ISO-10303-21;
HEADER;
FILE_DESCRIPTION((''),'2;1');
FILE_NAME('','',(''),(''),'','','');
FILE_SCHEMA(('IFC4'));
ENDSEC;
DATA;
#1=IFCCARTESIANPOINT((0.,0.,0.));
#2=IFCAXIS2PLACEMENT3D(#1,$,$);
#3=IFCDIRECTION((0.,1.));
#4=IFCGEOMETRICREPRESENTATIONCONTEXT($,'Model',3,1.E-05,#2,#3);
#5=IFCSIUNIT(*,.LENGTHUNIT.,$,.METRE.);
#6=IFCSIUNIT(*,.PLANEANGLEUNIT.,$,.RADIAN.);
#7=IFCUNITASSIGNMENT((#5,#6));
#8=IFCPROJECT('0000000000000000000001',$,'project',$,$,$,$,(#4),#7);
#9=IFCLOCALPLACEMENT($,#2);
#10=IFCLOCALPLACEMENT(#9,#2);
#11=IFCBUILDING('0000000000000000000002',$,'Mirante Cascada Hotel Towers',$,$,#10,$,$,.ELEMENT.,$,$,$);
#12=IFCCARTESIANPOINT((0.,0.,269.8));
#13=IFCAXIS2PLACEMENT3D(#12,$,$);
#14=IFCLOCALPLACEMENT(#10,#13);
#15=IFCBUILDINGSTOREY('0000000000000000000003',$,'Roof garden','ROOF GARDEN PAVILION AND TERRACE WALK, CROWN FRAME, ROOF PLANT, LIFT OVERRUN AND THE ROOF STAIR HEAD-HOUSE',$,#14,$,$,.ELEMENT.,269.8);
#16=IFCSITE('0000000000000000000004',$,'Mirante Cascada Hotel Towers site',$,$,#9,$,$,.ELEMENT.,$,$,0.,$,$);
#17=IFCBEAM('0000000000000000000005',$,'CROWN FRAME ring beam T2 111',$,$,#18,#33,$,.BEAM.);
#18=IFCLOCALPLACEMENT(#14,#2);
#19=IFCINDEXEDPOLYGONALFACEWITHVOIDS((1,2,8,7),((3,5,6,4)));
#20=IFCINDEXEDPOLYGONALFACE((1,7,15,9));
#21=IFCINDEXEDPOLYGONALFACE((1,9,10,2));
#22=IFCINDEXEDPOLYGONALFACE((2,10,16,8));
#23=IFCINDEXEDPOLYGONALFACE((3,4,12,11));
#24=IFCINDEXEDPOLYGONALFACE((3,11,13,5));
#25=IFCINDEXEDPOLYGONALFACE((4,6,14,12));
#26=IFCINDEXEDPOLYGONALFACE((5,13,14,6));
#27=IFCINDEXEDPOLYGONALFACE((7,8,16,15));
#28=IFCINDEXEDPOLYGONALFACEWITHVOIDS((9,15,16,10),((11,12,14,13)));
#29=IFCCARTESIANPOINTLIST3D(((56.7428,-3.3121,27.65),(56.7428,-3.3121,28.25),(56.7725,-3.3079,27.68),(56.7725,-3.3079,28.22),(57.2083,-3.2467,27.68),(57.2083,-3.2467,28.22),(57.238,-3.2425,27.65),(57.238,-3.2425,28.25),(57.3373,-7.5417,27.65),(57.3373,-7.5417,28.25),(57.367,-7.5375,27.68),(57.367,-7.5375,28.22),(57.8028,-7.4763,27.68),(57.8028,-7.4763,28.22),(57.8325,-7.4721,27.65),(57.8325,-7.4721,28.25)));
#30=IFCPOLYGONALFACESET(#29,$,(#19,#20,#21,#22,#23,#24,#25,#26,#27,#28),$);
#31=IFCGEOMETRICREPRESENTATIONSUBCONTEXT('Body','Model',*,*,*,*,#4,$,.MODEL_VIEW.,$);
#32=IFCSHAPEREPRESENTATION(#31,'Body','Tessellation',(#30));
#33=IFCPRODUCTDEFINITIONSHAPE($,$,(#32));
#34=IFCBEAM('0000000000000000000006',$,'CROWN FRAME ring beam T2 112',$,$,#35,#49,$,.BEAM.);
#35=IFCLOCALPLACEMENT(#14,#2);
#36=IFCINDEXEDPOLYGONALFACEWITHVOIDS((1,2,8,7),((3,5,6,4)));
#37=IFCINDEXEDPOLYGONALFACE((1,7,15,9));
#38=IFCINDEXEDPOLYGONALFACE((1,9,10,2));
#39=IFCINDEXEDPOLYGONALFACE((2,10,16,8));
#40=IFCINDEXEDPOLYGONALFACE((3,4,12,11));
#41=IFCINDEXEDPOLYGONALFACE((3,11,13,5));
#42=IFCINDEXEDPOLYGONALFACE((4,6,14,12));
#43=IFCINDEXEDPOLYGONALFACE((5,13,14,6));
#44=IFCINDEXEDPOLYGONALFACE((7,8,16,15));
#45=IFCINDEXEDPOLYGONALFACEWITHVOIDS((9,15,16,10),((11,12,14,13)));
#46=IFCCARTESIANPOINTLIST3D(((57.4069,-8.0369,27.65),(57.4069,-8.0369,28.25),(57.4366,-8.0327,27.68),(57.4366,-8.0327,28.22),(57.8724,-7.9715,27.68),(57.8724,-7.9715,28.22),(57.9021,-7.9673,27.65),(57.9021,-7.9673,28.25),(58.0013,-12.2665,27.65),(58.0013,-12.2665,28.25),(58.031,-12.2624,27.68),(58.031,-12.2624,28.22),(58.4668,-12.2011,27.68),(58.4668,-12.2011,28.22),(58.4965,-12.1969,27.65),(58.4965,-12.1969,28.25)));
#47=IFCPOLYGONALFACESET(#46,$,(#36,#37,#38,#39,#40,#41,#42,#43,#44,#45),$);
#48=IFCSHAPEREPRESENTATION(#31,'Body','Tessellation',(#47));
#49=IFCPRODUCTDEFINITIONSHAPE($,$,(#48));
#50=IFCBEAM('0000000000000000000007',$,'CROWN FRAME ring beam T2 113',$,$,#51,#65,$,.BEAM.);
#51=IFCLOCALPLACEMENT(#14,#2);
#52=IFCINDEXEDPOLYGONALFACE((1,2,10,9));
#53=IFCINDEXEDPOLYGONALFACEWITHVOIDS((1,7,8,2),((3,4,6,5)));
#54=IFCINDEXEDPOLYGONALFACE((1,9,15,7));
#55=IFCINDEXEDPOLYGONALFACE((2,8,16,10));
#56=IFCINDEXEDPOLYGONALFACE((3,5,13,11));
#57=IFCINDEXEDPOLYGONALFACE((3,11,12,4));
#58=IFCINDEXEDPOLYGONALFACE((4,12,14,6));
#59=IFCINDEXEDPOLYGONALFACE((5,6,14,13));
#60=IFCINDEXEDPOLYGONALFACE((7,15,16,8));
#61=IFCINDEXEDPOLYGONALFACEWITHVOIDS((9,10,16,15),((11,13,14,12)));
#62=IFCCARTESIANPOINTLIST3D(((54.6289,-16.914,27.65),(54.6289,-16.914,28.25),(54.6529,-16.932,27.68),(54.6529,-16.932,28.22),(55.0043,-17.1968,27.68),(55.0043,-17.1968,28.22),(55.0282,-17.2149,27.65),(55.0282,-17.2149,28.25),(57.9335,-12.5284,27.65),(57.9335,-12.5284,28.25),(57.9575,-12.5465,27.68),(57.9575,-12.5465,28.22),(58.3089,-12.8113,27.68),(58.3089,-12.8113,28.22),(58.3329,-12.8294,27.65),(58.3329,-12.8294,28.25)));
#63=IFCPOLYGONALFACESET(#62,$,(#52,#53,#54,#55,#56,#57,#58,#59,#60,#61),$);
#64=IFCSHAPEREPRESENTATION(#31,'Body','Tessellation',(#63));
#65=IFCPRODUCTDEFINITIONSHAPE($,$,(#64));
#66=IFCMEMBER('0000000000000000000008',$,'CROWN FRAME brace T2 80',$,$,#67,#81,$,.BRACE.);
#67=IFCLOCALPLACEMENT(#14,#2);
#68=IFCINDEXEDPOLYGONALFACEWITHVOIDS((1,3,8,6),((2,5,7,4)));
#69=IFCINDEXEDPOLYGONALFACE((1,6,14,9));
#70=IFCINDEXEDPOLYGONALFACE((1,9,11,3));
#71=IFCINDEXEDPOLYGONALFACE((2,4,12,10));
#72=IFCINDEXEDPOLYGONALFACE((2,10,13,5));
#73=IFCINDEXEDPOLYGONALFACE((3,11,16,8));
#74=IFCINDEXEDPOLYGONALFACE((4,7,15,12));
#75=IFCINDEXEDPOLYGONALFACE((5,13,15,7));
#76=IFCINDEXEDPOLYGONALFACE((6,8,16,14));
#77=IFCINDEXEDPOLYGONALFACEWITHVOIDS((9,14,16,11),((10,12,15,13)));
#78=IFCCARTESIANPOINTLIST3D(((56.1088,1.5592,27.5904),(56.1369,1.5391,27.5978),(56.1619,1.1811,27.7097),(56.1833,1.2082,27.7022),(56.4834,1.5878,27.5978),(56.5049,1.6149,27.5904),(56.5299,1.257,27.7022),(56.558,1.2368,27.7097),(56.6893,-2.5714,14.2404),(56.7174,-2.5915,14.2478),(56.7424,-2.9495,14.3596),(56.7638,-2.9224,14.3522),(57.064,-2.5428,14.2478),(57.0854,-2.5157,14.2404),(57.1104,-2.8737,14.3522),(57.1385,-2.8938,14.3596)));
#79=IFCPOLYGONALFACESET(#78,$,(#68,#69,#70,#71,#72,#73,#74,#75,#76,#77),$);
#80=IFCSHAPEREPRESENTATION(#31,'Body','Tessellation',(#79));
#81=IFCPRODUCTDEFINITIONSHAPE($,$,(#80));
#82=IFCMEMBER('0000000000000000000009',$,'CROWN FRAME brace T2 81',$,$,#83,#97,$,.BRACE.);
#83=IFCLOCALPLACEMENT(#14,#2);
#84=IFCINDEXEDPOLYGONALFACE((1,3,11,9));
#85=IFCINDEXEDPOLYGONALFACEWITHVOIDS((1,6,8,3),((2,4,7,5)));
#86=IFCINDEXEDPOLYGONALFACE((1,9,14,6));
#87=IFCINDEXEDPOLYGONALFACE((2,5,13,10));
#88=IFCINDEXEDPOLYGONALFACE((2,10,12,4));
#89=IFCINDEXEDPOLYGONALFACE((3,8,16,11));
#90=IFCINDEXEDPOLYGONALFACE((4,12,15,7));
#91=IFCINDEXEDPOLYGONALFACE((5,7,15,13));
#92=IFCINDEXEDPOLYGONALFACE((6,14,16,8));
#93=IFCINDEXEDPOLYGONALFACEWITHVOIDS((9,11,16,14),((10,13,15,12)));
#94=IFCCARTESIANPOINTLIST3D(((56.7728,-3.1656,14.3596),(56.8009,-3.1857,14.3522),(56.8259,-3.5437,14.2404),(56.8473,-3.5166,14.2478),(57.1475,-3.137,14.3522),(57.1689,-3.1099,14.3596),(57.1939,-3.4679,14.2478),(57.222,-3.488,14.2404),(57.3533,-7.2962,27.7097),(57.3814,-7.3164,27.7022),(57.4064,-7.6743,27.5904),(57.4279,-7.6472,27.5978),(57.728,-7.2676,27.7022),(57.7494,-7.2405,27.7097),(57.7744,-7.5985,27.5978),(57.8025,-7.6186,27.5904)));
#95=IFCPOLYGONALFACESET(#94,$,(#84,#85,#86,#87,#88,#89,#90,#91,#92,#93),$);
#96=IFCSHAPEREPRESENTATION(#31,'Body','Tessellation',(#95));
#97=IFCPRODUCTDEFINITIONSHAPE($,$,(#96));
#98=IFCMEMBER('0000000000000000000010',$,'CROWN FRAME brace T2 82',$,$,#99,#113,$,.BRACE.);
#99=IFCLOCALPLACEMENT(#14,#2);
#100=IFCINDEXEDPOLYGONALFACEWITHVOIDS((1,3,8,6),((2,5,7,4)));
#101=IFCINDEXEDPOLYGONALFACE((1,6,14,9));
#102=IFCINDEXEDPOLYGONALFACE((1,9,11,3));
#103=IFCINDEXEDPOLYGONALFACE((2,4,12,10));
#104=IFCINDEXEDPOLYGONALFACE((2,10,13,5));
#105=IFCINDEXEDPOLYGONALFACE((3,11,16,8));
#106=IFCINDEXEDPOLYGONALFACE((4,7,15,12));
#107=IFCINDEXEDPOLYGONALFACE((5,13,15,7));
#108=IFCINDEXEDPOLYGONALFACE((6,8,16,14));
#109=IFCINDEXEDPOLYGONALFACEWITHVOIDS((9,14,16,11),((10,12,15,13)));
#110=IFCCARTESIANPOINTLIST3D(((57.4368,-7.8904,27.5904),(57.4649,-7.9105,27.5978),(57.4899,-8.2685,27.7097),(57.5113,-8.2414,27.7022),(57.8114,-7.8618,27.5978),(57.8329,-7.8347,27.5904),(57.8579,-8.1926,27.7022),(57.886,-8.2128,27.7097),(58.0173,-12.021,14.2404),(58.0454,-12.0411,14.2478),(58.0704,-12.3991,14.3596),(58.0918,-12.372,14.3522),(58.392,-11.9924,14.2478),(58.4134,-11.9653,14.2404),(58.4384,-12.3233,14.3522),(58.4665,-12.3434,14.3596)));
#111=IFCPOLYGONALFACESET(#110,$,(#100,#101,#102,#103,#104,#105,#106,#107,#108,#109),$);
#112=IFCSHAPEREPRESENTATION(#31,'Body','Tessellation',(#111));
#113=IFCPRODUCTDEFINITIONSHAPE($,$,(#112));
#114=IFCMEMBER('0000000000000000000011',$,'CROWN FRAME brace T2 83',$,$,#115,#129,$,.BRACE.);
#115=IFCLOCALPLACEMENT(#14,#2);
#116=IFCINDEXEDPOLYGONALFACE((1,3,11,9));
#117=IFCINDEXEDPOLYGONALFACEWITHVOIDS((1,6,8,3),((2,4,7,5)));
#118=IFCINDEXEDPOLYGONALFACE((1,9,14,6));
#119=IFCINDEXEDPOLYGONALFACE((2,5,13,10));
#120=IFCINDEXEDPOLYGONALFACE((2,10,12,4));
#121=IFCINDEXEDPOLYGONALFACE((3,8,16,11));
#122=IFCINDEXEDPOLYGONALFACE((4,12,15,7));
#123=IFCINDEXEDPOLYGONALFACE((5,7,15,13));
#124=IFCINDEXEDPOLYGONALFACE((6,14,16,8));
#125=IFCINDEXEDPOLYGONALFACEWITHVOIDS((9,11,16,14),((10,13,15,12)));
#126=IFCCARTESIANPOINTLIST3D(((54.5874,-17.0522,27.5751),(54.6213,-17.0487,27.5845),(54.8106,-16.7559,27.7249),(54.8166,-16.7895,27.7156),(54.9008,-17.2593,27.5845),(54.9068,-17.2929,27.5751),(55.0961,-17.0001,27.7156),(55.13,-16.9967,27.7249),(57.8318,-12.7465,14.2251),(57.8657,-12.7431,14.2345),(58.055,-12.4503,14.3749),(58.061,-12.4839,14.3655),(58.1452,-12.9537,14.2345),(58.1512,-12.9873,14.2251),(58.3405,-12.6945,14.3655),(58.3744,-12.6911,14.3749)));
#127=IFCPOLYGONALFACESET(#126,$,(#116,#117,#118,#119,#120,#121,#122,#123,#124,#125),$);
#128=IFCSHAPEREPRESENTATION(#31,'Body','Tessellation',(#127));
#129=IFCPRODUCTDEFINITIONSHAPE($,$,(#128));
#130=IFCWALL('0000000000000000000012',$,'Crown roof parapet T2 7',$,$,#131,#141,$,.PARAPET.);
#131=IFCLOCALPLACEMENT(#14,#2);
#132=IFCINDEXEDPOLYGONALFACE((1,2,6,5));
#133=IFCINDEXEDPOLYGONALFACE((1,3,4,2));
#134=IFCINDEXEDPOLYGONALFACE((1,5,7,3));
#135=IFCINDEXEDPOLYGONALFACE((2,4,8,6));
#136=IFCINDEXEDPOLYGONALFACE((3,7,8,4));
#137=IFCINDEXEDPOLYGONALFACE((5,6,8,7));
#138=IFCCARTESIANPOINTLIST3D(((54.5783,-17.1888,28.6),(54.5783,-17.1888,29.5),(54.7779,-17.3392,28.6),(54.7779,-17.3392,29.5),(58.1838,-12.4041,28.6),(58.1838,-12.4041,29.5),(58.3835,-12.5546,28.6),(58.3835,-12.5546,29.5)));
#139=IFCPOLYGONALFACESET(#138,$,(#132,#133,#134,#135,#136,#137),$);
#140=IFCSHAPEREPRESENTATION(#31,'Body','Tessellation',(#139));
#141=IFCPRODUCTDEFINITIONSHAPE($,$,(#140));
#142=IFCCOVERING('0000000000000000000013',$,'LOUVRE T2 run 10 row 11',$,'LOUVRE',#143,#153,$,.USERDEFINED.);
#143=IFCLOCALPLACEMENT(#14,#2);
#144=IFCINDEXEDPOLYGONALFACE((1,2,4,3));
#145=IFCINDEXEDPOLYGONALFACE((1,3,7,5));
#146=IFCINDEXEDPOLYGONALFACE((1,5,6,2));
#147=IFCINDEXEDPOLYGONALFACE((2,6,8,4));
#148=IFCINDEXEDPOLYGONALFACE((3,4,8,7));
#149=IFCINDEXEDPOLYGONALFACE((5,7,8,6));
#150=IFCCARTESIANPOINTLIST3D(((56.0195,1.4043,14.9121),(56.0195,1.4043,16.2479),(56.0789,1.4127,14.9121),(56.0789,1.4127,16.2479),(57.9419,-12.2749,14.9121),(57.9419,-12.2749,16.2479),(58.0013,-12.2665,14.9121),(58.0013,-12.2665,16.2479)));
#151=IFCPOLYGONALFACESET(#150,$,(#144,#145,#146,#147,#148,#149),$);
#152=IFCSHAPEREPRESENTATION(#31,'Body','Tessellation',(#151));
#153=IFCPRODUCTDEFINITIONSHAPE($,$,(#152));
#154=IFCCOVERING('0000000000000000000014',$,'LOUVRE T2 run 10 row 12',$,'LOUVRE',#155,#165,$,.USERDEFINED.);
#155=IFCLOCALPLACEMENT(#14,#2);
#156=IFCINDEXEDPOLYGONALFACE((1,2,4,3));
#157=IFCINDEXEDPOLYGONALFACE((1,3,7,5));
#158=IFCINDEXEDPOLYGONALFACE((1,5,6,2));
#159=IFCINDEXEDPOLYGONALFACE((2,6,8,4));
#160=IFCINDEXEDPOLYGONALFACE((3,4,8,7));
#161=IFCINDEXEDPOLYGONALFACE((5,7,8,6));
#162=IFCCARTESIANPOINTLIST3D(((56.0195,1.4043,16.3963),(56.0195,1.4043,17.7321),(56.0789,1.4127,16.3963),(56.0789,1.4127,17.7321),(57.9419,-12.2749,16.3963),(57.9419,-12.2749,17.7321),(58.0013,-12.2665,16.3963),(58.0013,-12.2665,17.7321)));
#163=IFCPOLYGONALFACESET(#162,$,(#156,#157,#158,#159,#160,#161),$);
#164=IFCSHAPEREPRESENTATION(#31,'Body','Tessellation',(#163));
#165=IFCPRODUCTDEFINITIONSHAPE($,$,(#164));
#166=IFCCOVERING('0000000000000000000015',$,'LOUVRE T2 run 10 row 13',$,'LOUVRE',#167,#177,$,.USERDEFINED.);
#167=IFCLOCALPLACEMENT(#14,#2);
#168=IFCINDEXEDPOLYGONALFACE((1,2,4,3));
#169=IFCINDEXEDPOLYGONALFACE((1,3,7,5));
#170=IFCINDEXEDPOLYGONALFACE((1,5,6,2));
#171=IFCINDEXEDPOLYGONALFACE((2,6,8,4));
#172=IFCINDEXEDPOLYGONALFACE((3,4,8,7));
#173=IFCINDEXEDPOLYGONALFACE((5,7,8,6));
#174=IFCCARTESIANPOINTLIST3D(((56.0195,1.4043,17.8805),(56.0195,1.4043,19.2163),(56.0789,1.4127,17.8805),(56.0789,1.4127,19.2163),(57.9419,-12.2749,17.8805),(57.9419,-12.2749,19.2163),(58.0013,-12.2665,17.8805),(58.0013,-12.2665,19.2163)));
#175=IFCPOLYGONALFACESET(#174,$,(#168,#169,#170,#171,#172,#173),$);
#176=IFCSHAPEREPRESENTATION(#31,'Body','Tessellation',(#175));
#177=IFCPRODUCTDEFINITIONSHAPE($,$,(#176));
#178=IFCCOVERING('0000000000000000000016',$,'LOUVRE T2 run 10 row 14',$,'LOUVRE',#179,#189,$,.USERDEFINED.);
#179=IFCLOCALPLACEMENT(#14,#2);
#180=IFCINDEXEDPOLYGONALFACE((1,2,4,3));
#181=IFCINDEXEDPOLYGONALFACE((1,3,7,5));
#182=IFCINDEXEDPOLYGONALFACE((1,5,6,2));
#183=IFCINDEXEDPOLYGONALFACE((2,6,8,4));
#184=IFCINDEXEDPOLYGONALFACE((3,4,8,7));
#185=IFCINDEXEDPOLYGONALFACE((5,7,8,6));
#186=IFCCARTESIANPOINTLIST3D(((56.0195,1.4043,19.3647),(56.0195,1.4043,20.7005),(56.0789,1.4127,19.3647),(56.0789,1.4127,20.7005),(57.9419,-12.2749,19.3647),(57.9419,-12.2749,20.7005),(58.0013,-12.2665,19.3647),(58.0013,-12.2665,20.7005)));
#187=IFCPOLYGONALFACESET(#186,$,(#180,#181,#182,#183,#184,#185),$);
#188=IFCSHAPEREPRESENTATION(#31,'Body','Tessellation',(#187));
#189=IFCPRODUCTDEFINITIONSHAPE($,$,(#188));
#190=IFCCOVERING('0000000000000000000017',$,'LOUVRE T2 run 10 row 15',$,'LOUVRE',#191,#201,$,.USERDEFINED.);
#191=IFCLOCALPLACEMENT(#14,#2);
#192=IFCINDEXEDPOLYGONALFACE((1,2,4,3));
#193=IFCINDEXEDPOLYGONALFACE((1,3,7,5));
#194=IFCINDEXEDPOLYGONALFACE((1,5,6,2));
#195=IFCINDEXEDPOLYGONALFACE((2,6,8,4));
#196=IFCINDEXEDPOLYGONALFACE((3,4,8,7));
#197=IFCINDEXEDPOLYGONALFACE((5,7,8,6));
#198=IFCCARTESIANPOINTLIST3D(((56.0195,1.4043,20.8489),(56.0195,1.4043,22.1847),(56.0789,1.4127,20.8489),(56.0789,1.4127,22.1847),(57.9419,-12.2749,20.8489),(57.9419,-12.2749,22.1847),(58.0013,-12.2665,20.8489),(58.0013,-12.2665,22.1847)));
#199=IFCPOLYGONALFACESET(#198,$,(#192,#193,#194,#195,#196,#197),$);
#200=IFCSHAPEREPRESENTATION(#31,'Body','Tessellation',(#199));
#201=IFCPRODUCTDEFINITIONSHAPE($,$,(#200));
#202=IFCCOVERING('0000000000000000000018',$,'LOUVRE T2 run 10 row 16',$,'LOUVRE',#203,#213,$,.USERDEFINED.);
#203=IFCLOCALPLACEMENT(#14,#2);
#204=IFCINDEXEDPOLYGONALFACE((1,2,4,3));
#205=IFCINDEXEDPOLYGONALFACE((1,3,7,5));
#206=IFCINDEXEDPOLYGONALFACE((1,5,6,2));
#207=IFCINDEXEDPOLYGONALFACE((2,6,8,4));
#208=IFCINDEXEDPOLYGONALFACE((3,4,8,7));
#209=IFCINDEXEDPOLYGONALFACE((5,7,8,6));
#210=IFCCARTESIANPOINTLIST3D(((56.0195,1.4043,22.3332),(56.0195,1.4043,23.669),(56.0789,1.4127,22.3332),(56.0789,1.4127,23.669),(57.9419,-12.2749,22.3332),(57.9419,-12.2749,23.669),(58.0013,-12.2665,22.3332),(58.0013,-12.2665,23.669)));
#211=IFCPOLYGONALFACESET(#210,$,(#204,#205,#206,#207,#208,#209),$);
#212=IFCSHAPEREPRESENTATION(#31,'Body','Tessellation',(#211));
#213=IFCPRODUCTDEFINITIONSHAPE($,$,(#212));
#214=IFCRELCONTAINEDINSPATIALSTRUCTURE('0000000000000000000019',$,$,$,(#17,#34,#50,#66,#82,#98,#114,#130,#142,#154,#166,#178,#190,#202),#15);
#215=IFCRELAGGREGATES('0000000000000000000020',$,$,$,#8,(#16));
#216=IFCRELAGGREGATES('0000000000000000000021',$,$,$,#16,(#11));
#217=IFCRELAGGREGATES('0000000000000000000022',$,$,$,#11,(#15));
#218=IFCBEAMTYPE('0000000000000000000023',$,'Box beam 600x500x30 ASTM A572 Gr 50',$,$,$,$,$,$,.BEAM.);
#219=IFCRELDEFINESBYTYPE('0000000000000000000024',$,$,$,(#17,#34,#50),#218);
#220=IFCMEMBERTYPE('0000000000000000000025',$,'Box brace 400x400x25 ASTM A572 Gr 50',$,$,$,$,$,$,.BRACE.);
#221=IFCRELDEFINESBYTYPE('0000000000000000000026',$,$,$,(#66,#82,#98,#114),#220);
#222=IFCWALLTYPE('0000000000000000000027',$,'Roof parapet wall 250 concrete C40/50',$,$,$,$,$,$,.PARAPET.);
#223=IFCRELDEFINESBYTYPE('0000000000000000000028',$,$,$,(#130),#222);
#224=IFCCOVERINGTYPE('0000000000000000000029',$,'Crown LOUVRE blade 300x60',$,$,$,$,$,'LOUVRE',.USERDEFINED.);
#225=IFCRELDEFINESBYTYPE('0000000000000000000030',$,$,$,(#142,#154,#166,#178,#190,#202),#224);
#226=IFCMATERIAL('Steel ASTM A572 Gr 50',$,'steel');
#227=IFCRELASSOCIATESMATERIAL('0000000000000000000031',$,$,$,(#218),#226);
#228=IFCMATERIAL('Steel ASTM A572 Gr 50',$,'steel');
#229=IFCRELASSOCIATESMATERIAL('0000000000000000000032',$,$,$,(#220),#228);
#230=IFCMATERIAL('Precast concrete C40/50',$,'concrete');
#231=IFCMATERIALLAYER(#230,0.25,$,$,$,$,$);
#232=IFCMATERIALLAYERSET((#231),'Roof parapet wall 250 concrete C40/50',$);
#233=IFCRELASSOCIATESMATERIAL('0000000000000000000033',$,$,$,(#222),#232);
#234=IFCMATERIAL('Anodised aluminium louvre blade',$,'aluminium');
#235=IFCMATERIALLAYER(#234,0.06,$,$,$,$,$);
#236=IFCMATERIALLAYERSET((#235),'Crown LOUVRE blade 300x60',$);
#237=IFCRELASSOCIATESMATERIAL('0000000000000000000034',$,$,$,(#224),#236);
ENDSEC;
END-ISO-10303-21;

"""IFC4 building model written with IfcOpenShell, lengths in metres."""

from ifc_helpers import new_model, si_unit, direction, frame, frame_2d, origin, origin_2d, place, context, subcontext, project, spatial, rectangle, hollow_rectangle, extrude, material, layer, layer_set, material_profile, profile_set, type_object, element, save


model = new_model("IFC4")

# Units and contexts
model_context = context("Model", 3, precision=1e-05, world=origin(), true_north=direction((0.0, 1.0)))
body_context = subcontext(model_context, "Body", "Model", "MODEL_VIEW")
ifc_project = project(units=[si_unit("LENGTHUNIT", "METRE"), si_unit("PLANEANGLEUNIT", "RADIAN")], contexts=[model_context])

# Site, building, storey
site_placement = place(None, origin())
site = spatial("IfcSite", under=ifc_project, at=site_placement, Name="Mirante Cascada Hotel Towers site", CompositionType="ELEMENT", RefElevation=0.0)
building_placement = place(site_placement, origin())
building = spatial("IfcBuilding", under=site, at=building_placement, Name="Mirante Cascada Hotel Towers", CompositionType="ELEMENT")
storey_placement = place(building_placement, frame((0.0, 0.0, 269.8)))
storey = spatial("IfcBuildingStorey", under=building, at=storey_placement, Name="Roof garden", Description="ROOF GARDEN PAVILION AND TERRACE WALK, CROWN FRAME, ROOF PLANT, LIFT OVERRUN AND THE ROOF STAIR HEAD-HOUSE", CompositionType="ELEMENT", Elevation=269.8)

# Beams
ifc_material_1 = material(Name="Steel ASTM A572 Gr 50", Category="steel")
ifc_material_profile_1 = material_profile(ifc_material_1, hollow_rectangle(XDim=0.5, YDim=0.6, WallThickness=0.03, at=origin_2d()), Name="Box beam 600x500x30 ASTM A572 Gr 50")
ifc_profile_set_1 = profile_set([ifc_material_profile_1], Name="Steel ASTM A572 Gr 50")
beam_type = type_object("IfcBeamType", Name="Box beam 600x500x30 ASTM A572 Gr 50", PredefinedType="BEAM", material=ifc_profile_set_1)
for number, where, z_axis, x_axis, name in (
    (1, (56.9904, -3.2773, 27.95), (0.139189, -0.990266, 0.0), (0.990266, 0.139189, 0.0), "CROWN FRAME ring beam T2 111"),
    (2, (57.6545, -8.0021, 27.95), (0.139166, -0.990269, 0.0), (0.990269, 0.139166, 0.0), "CROWN FRAME ring beam T2 112"),
):
    element("IfcBeam", number, at=place(storey_placement, frame(where, z_axis=z_axis, x_axis=x_axis)), inside=storey, type_object=beam_type, Name=name, PredefinedType="BEAM", context=body_context, shape_type="SweptSolid", body=[
        extrude(hollow_rectangle(XDim=0.5, YDim=0.6, WallThickness=0.03, at=origin_2d()), origin(), (0.0, 0.0, 1.0), 4.2712),
    ])
beam_placement = place(storey_placement, frame((58.1332, -12.6789, 27.95), z_axis=(-0.601802, -0.798645, 0.0), x_axis=(0.798645, -0.601802, 0.0)))
element("IfcBeam", 3, at=beam_placement, inside=storey, type_object=beam_type, Name="CROWN FRAME ring beam T2 113", PredefinedType="BEAM", context=body_context, shape_type="SweptSolid", body=[
    extrude(hollow_rectangle(XDim=0.5, YDim=0.6, WallThickness=0.03, at=origin_2d()), origin(), (0.0, 0.0, 1.0), 5.4912),
])

# Members
ifc_material_2 = material(Name="Steel ASTM A572 Gr 50", Category="steel")
ifc_material_profile_2 = material_profile(ifc_material_2, hollow_rectangle(XDim=0.4, YDim=0.4, WallThickness=0.025, at=origin_2d()), Name="Box brace 400x400x25 ASTM A572 Gr 50")
ifc_profile_set_2 = profile_set([ifc_material_profile_2], Name="Steel ASTM A572 Gr 50")
member_type = type_object("IfcMemberType", Name="Box brace 400x400x25 ASTM A572 Gr 50", PredefinedType="BRACE", material=ifc_profile_set_2)
for number, where, z_axis, x_axis, name in (
    (4, (56.9139, -2.7326, 14.3), (-0.041504, 0.295328, 0.954494), (-0.990269, -0.139169, 0.0), "CROWN FRAME brace T2 80"),
    (5, (56.9974, -3.3268, 14.3), (0.041504, -0.295328, 0.954494), (0.990269, 0.139169, 0.0), "CROWN FRAME brace T2 81"),
    (6, (58.2419, -12.1822, 14.3), (-0.041504, 0.295328, 0.954494), (-0.990269, -0.139169, 0.0), "CROWN FRAME brace T2 82"),
):
    element("IfcMember", number, at=place(storey_placement, frame(where, z_axis=z_axis, x_axis=x_axis)), inside=storey, type_object=member_type, Name=name, PredefinedType="BRACE", context=body_context, shape_type="SweptSolid", body=[
        extrude(hollow_rectangle(XDim=0.4, YDim=0.4, WallThickness=0.025, at=origin_2d()), origin(), (0.0, 0.0, 1.0), 13.9865),
    ])
member_placement = place(storey_placement, frame((58.1031, -12.7188, 14.3), z_axis=(-0.225345, -0.299053, 0.927247), x_axis=(0.798645, -0.601803, 0.0)))
element("IfcMember", 7, at=member_placement, inside=storey, type_object=member_type, Name="CROWN FRAME brace T2 83", PredefinedType="BRACE", context=body_context, shape_type="SweptSolid", body=[
    extrude(hollow_rectangle(XDim=0.4, YDim=0.4, WallThickness=0.025, at=origin_2d()), origin(), (0.0, 0.0, 1.0), 14.3975),
])

# Wall
ifc_material_3 = material(Name="Precast concrete C40/50", Category="concrete")
ifc_layer_1 = layer(ifc_material_3, 0.25)
ifc_layer_set_1 = layer_set([ifc_layer_1], Name="Roof parapet wall 250 concrete C40/50")
wall_type = type_object("IfcWallType", Name="Roof parapet wall 250 concrete C40/50", PredefinedType="PARAPET", material=ifc_layer_set_1)
wall_placement = place(storey_placement, frame((58.2837, -12.4793, 28.6), z_axis=(0.0, 0.0, 1.0), x_axis=(-0.601823, -0.79863, 0.0)))
element("IfcWall", 8, at=wall_placement, inside=storey, type_object=wall_type, Name="Crown roof parapet T2 7", PredefinedType="PARAPET", context=body_context, shape_type="SweptSolid", body=[
    extrude(rectangle(XDim=5.9911, YDim=0.25, at=frame_2d((2.9956, 0.0))), origin(), (0.0, 0.0, 1.0), 0.9),
])

# Coverings
ifc_material_4 = material(Name="Anodised aluminium louvre blade", Category="aluminium")
ifc_layer_2 = layer(ifc_material_4, 0.06)
ifc_layer_set_2 = layer_set([ifc_layer_2], Name="Crown LOUVRE blade 300x60")
covering_type_1 = type_object("IfcCoveringType", Name="Crown LOUVRE blade 300x60", ElementType="LOUVRE", PredefinedType="USERDEFINED", material=ifc_layer_set_2)
for number, where, z_axis, x_axis, name in (
    (9, (57.0104, -5.4311, 14.9121), (0.0, 0.0, 1.0), (0.139173, -0.990268, 0.0), "LOUVRE T2 run 10 row 11"),
    (10, (57.0104, -5.4311, 16.3963), (0.0, 0.0, 1.0), (0.139173, -0.990268, 0.0), "LOUVRE T2 run 10 row 12"),
    (11, (57.0104, -5.4311, 17.8805), (0.0, 0.0, 1.0), (0.139173, -0.990268, 0.0), "LOUVRE T2 run 10 row 13"),
    (12, (57.0104, -5.4311, 19.3647), (0.0, 0.0, 1.0), (0.139173, -0.990268, 0.0), "LOUVRE T2 run 10 row 14"),
    (13, (57.0104, -5.4311, 20.8489), (0.0, 0.0, 1.0), (0.139173, -0.990268, 0.0), "LOUVRE T2 run 10 row 15"),
    (14, (57.0104, -5.4311, 22.3332), (0.0, 0.0, 1.0), (0.139173, -0.990268, 0.0), "LOUVRE T2 run 10 row 16"),
):
    element("IfcCovering", number, at=place(storey_placement, frame(where, z_axis=z_axis, x_axis=x_axis)), inside=storey, type_object=covering_type_1, Name=name, ObjectType="LOUVRE", PredefinedType="USERDEFINED", context=body_context, shape_type="SweptSolid", body=[
        extrude(rectangle(XDim=13.8136, YDim=0.06, at=origin_2d()), origin(), (0.0, 0.0, 1.0), 1.3358),
    ])

save(model, "model.ifc")
